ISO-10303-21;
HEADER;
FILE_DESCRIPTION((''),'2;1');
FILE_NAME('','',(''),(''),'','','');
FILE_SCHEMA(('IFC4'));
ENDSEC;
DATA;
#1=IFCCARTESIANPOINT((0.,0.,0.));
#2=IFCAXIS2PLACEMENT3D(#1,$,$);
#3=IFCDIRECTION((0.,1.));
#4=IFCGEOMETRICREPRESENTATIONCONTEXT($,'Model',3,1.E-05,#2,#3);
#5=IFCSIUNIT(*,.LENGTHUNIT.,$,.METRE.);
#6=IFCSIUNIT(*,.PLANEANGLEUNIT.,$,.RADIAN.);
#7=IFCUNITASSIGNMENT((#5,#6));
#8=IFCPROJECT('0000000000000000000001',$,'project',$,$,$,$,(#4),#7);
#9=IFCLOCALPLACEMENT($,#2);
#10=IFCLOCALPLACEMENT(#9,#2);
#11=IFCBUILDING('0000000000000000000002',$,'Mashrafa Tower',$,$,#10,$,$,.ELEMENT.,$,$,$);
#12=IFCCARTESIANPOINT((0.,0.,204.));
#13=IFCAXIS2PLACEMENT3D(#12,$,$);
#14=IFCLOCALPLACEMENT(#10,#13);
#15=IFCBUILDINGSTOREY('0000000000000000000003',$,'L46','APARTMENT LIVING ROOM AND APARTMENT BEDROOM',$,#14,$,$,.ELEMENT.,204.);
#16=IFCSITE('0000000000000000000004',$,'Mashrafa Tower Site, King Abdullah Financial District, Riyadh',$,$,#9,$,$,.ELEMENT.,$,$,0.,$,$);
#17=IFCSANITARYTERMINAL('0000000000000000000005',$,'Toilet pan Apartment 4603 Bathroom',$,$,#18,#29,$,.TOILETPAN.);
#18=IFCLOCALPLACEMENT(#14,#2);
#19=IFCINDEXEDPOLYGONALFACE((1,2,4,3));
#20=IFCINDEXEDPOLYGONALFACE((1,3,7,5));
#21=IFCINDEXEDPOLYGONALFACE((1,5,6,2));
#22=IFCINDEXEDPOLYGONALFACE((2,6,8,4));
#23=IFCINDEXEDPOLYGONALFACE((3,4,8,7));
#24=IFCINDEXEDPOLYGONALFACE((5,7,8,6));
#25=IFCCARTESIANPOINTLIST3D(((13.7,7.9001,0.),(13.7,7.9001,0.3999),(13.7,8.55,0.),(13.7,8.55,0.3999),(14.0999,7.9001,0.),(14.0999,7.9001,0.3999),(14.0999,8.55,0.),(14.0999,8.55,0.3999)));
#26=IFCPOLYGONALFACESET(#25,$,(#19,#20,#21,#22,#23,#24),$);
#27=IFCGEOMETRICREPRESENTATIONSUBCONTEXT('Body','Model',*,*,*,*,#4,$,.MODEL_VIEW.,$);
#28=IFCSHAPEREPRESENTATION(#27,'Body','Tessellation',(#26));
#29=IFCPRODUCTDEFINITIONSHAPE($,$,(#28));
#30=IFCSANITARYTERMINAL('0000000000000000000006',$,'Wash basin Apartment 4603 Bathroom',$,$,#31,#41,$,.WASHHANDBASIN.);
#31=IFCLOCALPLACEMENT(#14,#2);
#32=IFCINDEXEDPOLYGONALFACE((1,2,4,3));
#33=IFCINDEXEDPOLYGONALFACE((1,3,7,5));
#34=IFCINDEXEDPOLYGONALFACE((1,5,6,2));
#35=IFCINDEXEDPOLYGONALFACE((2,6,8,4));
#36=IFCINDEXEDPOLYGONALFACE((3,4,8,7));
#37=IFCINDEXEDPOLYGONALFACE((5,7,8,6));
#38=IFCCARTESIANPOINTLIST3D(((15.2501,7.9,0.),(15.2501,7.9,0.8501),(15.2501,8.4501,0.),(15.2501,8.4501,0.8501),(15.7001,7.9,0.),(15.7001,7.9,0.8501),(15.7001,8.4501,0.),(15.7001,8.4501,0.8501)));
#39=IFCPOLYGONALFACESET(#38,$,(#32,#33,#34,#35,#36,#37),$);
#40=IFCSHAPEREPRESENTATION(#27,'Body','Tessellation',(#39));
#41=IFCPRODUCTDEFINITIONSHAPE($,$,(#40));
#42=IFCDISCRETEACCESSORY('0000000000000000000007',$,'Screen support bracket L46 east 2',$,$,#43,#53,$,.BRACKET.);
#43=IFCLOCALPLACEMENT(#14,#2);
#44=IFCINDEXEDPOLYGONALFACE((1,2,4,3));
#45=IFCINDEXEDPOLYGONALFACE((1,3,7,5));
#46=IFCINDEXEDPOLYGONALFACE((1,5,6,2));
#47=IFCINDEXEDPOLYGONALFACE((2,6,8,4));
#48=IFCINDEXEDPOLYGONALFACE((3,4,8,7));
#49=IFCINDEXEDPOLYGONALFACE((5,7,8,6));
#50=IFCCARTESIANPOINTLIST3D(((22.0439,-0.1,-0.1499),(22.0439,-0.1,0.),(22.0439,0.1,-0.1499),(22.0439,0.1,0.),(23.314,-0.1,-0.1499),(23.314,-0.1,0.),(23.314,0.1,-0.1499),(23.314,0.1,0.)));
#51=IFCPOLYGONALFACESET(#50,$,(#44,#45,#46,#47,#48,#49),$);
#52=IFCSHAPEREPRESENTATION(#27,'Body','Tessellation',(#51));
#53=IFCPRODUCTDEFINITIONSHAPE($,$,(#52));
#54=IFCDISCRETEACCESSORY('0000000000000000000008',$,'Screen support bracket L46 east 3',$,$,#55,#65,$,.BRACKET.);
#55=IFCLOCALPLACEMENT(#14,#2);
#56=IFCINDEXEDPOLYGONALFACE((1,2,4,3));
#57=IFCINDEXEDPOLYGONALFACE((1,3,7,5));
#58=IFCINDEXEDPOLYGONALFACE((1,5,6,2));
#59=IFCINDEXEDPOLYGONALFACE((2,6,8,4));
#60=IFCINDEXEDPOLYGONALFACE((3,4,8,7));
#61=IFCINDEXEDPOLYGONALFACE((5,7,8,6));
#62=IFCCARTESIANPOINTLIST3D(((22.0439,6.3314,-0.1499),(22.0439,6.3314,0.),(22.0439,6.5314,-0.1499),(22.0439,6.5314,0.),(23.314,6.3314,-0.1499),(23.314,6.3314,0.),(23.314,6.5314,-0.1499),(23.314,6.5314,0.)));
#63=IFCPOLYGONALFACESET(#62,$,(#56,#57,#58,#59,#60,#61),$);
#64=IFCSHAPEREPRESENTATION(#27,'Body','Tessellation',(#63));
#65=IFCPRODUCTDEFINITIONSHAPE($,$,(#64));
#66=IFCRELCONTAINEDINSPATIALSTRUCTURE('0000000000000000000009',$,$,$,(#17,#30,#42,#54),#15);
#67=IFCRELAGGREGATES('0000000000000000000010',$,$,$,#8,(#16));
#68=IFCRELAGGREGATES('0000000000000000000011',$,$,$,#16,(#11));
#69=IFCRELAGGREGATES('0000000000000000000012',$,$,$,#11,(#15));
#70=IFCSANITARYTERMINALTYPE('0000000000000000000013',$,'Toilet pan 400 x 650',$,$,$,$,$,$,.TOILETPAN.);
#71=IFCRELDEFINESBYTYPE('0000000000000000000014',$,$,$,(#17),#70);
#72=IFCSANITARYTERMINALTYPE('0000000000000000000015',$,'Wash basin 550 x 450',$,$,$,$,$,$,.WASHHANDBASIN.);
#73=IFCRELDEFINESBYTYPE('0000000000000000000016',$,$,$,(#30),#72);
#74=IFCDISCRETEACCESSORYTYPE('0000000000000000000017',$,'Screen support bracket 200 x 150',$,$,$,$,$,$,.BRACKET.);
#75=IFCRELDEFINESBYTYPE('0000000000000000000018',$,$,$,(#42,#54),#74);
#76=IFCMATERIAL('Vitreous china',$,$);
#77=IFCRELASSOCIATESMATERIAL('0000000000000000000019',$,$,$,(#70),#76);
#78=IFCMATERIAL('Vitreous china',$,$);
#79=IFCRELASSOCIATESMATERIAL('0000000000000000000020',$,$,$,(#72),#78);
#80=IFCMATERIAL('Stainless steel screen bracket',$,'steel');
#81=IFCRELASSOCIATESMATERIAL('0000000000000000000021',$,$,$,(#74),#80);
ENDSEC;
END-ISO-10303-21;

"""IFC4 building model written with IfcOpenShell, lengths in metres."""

from ifc_helpers import new_model, si_unit, direction, frame, origin, origin_2d, place, context, subcontext, project, spatial, rectangle, extrude, source, transform, mapped, material, type_object, type_shapes, element, save


model = new_model("IFC4")

# Units and contexts
model_context = context("Model", 3, precision=1e-05, world=origin(), true_north=direction((0.0, 1.0)))
body_context = subcontext(model_context, "Body", "Model", "MODEL_VIEW")
ifc_project = project(units=[si_unit("LENGTHUNIT", "METRE"), si_unit("PLANEANGLEUNIT", "RADIAN")], contexts=[model_context])

# Site, building, storey
site_placement = place(None, origin())
site = spatial("IfcSite", under=ifc_project, at=site_placement, Name="Mashrafa Tower Site, King Abdullah Financial District, Riyadh", CompositionType="ELEMENT", RefElevation=0.0)
building_placement = place(site_placement, origin())
building = spatial("IfcBuilding", under=site, at=building_placement, Name="Mashrafa Tower", CompositionType="ELEMENT")
storey_placement = place(building_placement, frame((0.0, 0.0, 204.0)))
storey = spatial("IfcBuildingStorey", under=building, at=storey_placement, Name="L46", Description="APARTMENT LIVING ROOM AND APARTMENT BEDROOM", CompositionType="ELEMENT", Elevation=204.0)

# Sanitary terminals
ifc_material_1 = material(Name="Vitreous china")
sanitary_terminal_type_1 = type_object("IfcSanitaryTerminalType", Name="Toilet pan 400 x 650", PredefinedType="TOILETPAN", material=ifc_material_1)
sanitary_terminal_1_placement = place(storey_placement, frame((13.8999, 8.2251, 0.0), z_axis=(0.0, 0.0, 1.0), x_axis=(1.0, 0.0, 0.0)))
element("IfcSanitaryTerminal", 1, at=sanitary_terminal_1_placement, inside=storey, type_object=sanitary_terminal_type_1, Name="Toilet pan Apartment 4603 Bathroom", PredefinedType="TOILETPAN", context=body_context, shape_type="SweptSolid", body=[
    extrude(rectangle(XDim=0.3999, YDim=0.6499, at=origin_2d()), origin(), (0.0, 0.0, 1.0), 0.3999),
])
ifc_material_2 = material(Name="Vitreous china")
sanitary_terminal_type_2 = type_object("IfcSanitaryTerminalType", Name="Wash basin 550 x 450", PredefinedType="WASHHANDBASIN", material=ifc_material_2)
sanitary_terminal_2_placement = place(storey_placement, frame((15.4751, 8.175, 0.0), z_axis=(0.0, 0.0, 1.0), x_axis=(0.0, 1.0, 0.0)))
element("IfcSanitaryTerminal", 2, at=sanitary_terminal_2_placement, inside=storey, type_object=sanitary_terminal_type_2, Name="Wash basin Apartment 4603 Bathroom", PredefinedType="WASHHANDBASIN", context=body_context, shape_type="SweptSolid", body=[
    extrude(rectangle(XDim=0.55, YDim=0.45, at=origin_2d()), origin(), (0.0, 0.0, 1.0), 0.8501),
])

# Discrete accessories
ifc_material_3 = material(Name="Stainless steel screen bracket", Category="steel")
discrete_accessory_type = type_object("IfcDiscreteAccessoryType", Name="Screen support bracket 200 x 150", PredefinedType="BRACKET", material=ifc_material_3)
shared_shape_1 = source(origin(), body_context, "Body", "SweptSolid", [
    extrude(rectangle(XDim=0.2, YDim=1.27, at=origin_2d()), origin(), (0.0, 0.0, 1.0), 0.1499),
])
type_shapes(discrete_accessory_type, [shared_shape_1])
for number, where, z_axis, x_axis, name in (
    (3, (22.679, 0.0, -0.1499), (0.0, 0.0, 1.0), (0.0, 1.0, 0.0), "Screen support bracket L46 east 2"),
    (4, (22.679, 6.4314, -0.1499), (0.0, 0.0, 1.0), (0.0, 1.0, 0.0), "Screen support bracket L46 east 3"),
):
    element("IfcDiscreteAccessory", number, at=place(storey_placement, frame(where, z_axis=z_axis, x_axis=x_axis)), inside=storey, type_object=discrete_accessory_type, Name=name, PredefinedType="BRACKET", context=body_context, shape_type="MappedRepresentation", body=[
        mapped(shared_shape_1, transform((0.0, 0.0, 0.0))),
    ])

save(model, "model.ifc")
